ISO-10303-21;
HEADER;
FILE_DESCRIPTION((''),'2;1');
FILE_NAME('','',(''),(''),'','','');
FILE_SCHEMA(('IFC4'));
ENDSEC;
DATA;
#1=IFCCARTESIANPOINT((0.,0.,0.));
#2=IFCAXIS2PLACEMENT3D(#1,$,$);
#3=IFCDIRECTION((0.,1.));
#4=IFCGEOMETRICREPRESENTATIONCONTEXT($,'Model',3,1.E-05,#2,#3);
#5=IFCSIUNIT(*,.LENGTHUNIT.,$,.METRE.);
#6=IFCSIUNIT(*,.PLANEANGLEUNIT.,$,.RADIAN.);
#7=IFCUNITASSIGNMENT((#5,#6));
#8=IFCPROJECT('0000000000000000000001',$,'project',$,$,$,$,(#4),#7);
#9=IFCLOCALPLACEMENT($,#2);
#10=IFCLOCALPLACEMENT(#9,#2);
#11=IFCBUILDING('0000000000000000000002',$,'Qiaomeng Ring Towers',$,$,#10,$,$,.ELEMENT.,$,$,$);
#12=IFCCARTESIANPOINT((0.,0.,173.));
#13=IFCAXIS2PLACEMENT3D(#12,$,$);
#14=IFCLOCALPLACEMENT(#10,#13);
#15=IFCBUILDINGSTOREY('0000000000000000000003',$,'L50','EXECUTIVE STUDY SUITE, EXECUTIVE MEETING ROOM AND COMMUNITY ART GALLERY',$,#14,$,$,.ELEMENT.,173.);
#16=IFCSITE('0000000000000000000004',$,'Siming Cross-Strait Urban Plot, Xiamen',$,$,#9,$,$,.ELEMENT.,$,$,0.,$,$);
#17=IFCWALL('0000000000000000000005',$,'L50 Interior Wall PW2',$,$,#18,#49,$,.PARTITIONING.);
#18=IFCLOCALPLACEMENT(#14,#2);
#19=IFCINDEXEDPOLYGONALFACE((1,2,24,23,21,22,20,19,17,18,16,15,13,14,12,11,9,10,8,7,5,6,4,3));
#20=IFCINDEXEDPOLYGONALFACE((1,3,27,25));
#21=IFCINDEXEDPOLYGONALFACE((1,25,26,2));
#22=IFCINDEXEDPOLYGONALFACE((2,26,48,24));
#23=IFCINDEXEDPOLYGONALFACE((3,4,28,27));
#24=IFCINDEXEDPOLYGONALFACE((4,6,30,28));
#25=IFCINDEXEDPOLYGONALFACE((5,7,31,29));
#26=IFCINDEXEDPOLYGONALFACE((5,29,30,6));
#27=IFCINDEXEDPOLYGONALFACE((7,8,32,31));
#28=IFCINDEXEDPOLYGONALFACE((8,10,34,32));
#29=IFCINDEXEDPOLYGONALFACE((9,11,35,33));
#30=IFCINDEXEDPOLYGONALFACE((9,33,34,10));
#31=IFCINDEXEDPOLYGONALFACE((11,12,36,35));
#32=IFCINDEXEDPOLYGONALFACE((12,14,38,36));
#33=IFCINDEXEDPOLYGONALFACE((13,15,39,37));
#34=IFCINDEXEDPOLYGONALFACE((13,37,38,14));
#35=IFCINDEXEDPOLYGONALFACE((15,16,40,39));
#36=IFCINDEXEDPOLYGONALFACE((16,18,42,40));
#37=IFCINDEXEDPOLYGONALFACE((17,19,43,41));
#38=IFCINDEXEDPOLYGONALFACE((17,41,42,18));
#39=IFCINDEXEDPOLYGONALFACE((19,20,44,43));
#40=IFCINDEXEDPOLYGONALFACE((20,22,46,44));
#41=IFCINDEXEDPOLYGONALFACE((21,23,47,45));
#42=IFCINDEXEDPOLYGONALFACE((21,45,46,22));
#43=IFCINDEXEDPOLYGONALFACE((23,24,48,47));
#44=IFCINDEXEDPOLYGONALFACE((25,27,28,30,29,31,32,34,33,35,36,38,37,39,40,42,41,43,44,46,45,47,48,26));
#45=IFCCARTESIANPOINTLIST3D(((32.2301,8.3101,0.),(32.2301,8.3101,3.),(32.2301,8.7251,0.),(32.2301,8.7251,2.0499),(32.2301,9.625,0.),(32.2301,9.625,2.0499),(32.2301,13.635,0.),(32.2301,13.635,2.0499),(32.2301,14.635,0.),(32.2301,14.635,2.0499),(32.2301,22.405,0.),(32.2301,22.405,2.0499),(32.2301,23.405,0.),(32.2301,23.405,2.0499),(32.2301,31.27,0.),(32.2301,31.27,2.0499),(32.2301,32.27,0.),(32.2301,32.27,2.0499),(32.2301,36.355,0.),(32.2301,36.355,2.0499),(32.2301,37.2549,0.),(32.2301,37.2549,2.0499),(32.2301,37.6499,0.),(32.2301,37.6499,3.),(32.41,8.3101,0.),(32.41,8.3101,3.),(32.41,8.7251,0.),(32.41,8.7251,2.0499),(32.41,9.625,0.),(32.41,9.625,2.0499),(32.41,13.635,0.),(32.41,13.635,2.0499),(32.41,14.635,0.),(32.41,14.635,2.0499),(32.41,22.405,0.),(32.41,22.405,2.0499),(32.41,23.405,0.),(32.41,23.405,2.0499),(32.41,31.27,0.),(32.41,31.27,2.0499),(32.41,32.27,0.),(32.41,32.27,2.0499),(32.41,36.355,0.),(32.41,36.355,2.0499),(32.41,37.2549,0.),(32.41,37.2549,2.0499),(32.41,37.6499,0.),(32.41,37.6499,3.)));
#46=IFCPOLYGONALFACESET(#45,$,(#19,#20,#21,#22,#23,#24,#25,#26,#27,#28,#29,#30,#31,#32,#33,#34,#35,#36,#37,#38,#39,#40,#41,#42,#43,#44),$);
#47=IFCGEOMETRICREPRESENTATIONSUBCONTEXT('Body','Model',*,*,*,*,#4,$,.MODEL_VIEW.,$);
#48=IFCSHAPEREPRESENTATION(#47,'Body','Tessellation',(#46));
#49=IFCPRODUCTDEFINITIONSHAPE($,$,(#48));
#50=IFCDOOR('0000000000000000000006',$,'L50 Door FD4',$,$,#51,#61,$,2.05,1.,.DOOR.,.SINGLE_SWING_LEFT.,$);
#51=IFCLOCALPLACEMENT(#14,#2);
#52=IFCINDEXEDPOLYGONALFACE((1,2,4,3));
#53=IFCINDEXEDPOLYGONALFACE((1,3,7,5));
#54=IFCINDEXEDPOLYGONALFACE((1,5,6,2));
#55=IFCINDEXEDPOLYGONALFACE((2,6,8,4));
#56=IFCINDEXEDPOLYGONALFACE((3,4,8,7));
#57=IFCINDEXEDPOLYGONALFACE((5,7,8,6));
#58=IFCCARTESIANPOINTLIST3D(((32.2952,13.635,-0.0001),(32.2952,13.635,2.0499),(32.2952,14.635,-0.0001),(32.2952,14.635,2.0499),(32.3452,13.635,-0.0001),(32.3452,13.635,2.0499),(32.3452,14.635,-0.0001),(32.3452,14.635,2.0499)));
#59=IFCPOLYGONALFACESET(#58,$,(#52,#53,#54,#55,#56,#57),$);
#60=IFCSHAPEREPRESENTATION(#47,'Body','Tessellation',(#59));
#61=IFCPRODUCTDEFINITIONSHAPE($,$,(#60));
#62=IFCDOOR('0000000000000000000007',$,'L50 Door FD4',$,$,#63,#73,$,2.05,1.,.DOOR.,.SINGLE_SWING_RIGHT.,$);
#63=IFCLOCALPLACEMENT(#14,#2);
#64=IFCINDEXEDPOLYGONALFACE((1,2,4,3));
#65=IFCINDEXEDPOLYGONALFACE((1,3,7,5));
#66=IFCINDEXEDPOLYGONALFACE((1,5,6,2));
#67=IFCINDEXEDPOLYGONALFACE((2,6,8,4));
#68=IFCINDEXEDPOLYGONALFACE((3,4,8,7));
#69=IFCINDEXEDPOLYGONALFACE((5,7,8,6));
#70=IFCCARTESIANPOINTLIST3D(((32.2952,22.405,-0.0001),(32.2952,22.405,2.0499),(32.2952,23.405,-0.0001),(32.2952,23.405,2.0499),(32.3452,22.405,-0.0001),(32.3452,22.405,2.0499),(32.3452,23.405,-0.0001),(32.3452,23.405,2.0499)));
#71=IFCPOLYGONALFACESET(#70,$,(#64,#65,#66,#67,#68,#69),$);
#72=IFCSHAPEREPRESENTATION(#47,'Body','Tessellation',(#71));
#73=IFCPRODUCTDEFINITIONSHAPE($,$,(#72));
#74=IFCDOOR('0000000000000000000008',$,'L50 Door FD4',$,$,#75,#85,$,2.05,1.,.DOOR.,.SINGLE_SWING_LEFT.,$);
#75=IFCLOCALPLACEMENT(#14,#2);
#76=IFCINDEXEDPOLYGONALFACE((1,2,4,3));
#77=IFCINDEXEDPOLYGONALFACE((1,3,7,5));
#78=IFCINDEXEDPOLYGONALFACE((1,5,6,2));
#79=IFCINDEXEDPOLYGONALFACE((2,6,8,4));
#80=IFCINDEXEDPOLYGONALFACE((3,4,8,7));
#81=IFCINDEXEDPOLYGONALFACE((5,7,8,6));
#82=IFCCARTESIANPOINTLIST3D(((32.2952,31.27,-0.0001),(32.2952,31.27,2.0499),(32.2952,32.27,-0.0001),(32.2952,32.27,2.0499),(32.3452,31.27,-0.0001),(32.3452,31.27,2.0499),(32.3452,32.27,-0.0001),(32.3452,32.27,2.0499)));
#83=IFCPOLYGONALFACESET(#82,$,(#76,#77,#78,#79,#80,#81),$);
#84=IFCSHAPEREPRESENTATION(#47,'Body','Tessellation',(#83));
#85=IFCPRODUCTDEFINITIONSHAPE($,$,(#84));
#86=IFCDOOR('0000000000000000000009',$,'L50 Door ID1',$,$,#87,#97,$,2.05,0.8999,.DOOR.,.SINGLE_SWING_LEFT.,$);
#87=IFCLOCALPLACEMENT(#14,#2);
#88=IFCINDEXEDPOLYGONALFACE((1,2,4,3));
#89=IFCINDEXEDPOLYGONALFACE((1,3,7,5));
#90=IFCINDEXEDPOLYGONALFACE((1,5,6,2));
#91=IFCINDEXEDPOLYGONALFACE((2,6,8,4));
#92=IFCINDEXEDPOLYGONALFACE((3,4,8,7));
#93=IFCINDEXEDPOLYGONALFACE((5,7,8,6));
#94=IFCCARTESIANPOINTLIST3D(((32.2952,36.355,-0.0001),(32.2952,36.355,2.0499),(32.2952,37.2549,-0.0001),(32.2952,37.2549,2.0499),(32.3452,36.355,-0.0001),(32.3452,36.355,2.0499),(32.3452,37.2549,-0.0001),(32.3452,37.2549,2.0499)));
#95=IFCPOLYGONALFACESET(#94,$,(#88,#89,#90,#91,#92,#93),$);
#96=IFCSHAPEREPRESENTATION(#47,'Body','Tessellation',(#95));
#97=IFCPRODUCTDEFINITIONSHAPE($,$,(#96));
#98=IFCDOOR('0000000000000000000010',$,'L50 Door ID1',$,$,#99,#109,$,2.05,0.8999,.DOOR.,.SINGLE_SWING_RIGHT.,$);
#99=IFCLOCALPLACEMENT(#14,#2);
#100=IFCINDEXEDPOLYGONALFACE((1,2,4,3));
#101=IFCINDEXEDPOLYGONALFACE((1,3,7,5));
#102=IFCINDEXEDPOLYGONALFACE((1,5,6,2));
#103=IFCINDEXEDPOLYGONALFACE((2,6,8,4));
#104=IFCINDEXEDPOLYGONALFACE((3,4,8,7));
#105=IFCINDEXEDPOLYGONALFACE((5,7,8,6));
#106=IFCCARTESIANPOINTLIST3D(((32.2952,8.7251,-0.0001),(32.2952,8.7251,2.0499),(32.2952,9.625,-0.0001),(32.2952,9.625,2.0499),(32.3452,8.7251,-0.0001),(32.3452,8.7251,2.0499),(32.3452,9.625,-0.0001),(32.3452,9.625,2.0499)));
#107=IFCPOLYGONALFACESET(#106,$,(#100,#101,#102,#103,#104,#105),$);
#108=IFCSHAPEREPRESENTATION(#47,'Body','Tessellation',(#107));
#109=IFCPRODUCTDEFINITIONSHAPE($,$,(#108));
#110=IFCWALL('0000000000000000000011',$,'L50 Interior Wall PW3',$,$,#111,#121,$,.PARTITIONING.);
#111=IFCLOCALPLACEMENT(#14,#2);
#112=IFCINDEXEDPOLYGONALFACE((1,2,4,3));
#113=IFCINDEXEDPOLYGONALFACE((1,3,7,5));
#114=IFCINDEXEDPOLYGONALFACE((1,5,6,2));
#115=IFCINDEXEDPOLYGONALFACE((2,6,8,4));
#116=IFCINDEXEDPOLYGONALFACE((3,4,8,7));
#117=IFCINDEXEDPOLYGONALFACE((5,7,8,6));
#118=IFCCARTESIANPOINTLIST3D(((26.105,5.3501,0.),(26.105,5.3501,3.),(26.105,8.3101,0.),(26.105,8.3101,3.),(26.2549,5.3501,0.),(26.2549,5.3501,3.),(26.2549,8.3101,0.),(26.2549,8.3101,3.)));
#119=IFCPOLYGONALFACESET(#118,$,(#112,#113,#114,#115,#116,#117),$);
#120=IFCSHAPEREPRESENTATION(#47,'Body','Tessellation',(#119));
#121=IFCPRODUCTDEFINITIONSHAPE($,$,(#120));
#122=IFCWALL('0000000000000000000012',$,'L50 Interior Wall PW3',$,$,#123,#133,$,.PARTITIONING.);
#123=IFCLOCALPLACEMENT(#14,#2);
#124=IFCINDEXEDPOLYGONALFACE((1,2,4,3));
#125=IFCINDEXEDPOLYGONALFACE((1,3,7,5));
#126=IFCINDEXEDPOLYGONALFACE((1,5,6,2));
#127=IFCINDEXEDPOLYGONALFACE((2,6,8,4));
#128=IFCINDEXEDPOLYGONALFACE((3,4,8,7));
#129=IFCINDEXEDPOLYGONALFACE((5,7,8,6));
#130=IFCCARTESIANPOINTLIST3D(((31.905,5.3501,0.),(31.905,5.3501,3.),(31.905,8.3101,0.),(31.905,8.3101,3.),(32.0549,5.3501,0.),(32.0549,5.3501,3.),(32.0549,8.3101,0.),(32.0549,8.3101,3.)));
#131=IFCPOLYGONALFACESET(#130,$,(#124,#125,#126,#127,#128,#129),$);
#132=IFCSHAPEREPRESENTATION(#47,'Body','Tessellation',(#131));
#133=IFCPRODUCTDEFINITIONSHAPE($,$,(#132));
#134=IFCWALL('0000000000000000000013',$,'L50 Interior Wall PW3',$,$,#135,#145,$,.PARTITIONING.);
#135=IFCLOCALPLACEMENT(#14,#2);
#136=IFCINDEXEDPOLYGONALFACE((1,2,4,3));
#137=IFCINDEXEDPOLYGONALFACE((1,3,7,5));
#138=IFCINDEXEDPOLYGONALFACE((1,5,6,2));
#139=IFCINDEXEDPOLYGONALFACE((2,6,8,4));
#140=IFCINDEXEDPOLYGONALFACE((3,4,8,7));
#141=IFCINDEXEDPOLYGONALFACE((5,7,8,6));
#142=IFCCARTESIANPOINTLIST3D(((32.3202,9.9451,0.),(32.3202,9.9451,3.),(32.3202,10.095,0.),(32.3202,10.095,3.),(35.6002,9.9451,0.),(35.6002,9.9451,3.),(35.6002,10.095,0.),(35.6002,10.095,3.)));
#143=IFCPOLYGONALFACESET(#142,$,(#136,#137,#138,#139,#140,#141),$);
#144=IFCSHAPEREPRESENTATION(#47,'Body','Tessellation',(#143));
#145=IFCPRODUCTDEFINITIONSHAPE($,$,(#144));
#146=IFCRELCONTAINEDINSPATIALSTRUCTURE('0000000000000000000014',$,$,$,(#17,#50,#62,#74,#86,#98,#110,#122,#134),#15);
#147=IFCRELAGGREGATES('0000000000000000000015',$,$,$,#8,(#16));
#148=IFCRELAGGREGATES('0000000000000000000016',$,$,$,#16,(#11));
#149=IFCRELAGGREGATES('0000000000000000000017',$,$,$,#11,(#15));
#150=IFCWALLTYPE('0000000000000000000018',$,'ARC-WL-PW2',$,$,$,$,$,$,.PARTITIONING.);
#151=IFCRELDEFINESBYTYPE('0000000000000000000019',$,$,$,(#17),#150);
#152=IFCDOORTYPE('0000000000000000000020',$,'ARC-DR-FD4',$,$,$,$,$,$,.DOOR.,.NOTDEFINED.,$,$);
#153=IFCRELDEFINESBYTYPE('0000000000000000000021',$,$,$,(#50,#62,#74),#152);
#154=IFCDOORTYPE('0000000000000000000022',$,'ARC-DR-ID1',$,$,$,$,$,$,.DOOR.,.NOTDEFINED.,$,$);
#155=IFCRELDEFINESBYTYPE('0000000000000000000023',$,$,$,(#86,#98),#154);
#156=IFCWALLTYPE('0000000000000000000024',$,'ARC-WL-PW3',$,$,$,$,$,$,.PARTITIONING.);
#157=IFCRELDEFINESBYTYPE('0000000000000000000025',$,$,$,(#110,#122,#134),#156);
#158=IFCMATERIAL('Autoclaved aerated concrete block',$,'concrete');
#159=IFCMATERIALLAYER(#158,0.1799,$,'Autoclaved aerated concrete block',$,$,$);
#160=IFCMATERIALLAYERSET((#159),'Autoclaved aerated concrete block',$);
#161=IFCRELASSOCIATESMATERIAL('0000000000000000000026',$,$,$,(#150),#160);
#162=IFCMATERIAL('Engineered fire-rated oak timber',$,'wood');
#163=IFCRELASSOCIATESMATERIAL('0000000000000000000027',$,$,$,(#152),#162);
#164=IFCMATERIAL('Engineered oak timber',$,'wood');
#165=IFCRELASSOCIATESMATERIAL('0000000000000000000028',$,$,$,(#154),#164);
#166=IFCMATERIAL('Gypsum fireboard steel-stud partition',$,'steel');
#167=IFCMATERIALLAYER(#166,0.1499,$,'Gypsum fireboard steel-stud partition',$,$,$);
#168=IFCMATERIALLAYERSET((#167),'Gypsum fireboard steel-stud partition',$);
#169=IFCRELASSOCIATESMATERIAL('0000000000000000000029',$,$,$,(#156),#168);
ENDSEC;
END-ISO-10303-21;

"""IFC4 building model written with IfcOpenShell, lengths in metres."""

from ifc_helpers import new_model, si_unit, direction, frame, frame_2d, origin, place, context, subcontext, project, spatial, rectangle, extrude, source, transform, mapped, material, layer, layer_set, type_object, element, fill, save


model = new_model("IFC4")

# Units and contexts
model_context = context("Model", 3, precision=1e-05, world=origin(), true_north=direction((0.0, 1.0)))
body_context = subcontext(model_context, "Body", "Model", "MODEL_VIEW")
ifc_project = project(units=[si_unit("LENGTHUNIT", "METRE"), si_unit("PLANEANGLEUNIT", "RADIAN")], contexts=[model_context])

# Site, building, storey
site_placement = place(None, origin())
site = spatial("IfcSite", under=ifc_project, at=site_placement, Name="Siming Cross-Strait Urban Plot, Xiamen", CompositionType="ELEMENT", RefElevation=0.0)
building_placement = place(site_placement, origin())
building = spatial("IfcBuilding", under=site, at=building_placement, Name="Qiaomeng Ring Towers", CompositionType="ELEMENT")
storey_placement = place(building_placement, frame((0.0, 0.0, 173.0)))
storey = spatial("IfcBuildingStorey", under=building, at=storey_placement, Name="L50", Description="EXECUTIVE STUDY SUITE, EXECUTIVE MEETING ROOM AND COMMUNITY ART GALLERY", CompositionType="ELEMENT", Elevation=173.0)

# Shared definitions
ifc_material_1 = material(Name="Autoclaved aerated concrete block", Category="concrete")
ifc_layer_1 = layer(ifc_material_1, 0.1799, Name="Autoclaved aerated concrete block")
ifc_layer_set_1 = layer_set([ifc_layer_1], Name="Autoclaved aerated concrete block")
wall_type_1 = type_object("IfcWallType", Name="ARC-WL-PW2", PredefinedType="PARTITIONING", material=ifc_layer_set_1)

# Wall, openings, doors
wall_1_placement = place(storey_placement, frame((32.3201, 8.3101, 0.0), z_axis=(0.0, 0.0, 1.0), x_axis=(0.0, 1.0, 0.0)))
wall_1 = element("IfcWall", 1, at=wall_1_placement, inside=storey, type_object=wall_type_1, Name="L50 Interior Wall PW2", PredefinedType="PARTITIONING", context=body_context, shape_type="SweptSolid", body=[
    extrude(rectangle(XDim=29.3398, YDim=0.1799, at=frame_2d((14.6699, 0.0))), origin(), (0.0, 0.0, 1.0), 3.0),
])
opening_1_placement = place(wall_1_placement, frame((28.0449, 0.0, 0.0)))
opening_1 = element("IfcOpeningElement", 2, at=opening_1_placement, cuts=wall_1, PredefinedType="OPENING", context=body_context, shape_type="SweptSolid", body=[
    extrude(rectangle(XDim=0.8999, YDim=2.05, at=frame_2d((0.45, 1.0249))), frame((0.0, 0.0999, 0.0), z_axis=(0.0, -1.0, 0.0), x_axis=(1.0, 0.0, 0.0)), (0.0, 0.0, 1.0), 0.2),
])
opening_2_placement = place(wall_1_placement, frame((0.415, 0.0, 0.0)))
opening_2 = element("IfcOpeningElement", 3, at=opening_2_placement, cuts=wall_1, PredefinedType="OPENING", context=body_context, shape_type="SweptSolid", body=[
    extrude(rectangle(XDim=0.8999, YDim=2.05, at=frame_2d((0.45, 1.0249))), frame((0.0, 0.0999, 0.0), z_axis=(0.0, -1.0, 0.0), x_axis=(1.0, 0.0, 0.0)), (0.0, 0.0, 1.0), 0.2),
])
opening_3_placement = place(wall_1_placement, frame((5.325, 0.0, 0.0)))
opening_3 = element("IfcOpeningElement", 4, at=opening_3_placement, cuts=wall_1, PredefinedType="OPENING", context=body_context, shape_type="SweptSolid", body=[
    extrude(rectangle(XDim=1.0, YDim=2.05, at=frame_2d((0.5, 1.0249))), frame((0.0, 0.0999, 0.0), z_axis=(0.0, -1.0, 0.0), x_axis=(1.0, 0.0, 0.0)), (0.0, 0.0, 1.0), 0.2),
])
opening_4_placement = place(wall_1_placement, frame((14.095, 0.0, 0.0)))
opening_4 = element("IfcOpeningElement", 5, at=opening_4_placement, cuts=wall_1, PredefinedType="OPENING", context=body_context, shape_type="SweptSolid", body=[
    extrude(rectangle(XDim=1.0, YDim=2.05, at=frame_2d((0.5, 1.0249))), frame((0.0, 0.0999, 0.0), z_axis=(0.0, -1.0, 0.0), x_axis=(1.0, 0.0, 0.0)), (0.0, 0.0, 1.0), 0.2),
])
opening_5_placement = place(wall_1_placement, frame((22.96, 0.0, 0.0)))
opening_5 = element("IfcOpeningElement", 6, at=opening_5_placement, cuts=wall_1, PredefinedType="OPENING", context=body_context, shape_type="SweptSolid", body=[
    extrude(rectangle(XDim=1.0, YDim=2.05, at=frame_2d((0.5, 1.0249))), frame((0.0, 0.0999, 0.0), z_axis=(0.0, -1.0, 0.0), x_axis=(1.0, 0.0, 0.0)), (0.0, 0.0, 1.0), 0.2),
])
ifc_material_2 = material(Name="Engineered fire-rated oak timber", Category="wood")
door_type_1 = type_object("IfcDoorType", Name="ARC-DR-FD4", OperationType="NOTDEFINED", PredefinedType="DOOR", material=ifc_material_2)
shared_shape_1 = source(origin(), body_context, "Body", "SweptSolid", [
    extrude(rectangle(XDim=1.0, YDim=2.05, at=frame_2d((0.5, 1.0249))), frame((0.0, 0.0249, 0.0), z_axis=(0.0, -1.0, 0.0), x_axis=(1.0, 0.0, 0.0)), (0.0, 0.0, 1.0), 0.05),
])
door_1_placement = place(opening_3_placement, origin())
door_1 = element("IfcDoor", 7, at=door_1_placement, inside=storey, type_object=door_type_1, Name="L50 Door FD4", OperationType="SINGLE_SWING_LEFT", OverallHeight=2.05, OverallWidth=1.0, PredefinedType="DOOR", context=body_context, shape_type="MappedRepresentation", body=[
    mapped(shared_shape_1, transform((0.0, 0.0, 0.0), x_axis=(1.0, 0.0, 0.0), y_axis=(0.0, 1.0, 0.0), z_axis=(0.0, 0.0, 1.0), scale=1.0)),
])
fill(opening_3, door_1)
door_2_placement = place(opening_4_placement, origin())
door_2 = element("IfcDoor", 8, at=door_2_placement, inside=storey, type_object=door_type_1, Name="L50 Door FD4", OperationType="SINGLE_SWING_RIGHT", OverallHeight=2.05, OverallWidth=1.0, PredefinedType="DOOR", context=body_context, shape_type="MappedRepresentation", body=[
    mapped(shared_shape_1, transform((0.0, 0.0, 0.0), x_axis=(1.0, 0.0, 0.0), y_axis=(0.0, 1.0, 0.0), z_axis=(0.0, 0.0, 1.0), scale=1.0)),
])
fill(opening_4, door_2)
door_3_placement = place(opening_5_placement, origin())
door_3 = element("IfcDoor", 9, at=door_3_placement, inside=storey, type_object=door_type_1, Name="L50 Door FD4", OperationType="SINGLE_SWING_LEFT", OverallHeight=2.05, OverallWidth=1.0, PredefinedType="DOOR", context=body_context, shape_type="MappedRepresentation", body=[
    mapped(shared_shape_1, transform((0.0, 0.0, 0.0), x_axis=(1.0, 0.0, 0.0), y_axis=(0.0, 1.0, 0.0), z_axis=(0.0, 0.0, 1.0), scale=1.0)),
])
fill(opening_5, door_3)
ifc_material_3 = material(Name="Engineered oak timber", Category="wood")
door_type_2 = type_object("IfcDoorType", Name="ARC-DR-ID1", OperationType="NOTDEFINED", PredefinedType="DOOR", material=ifc_material_3)
shared_shape_2 = source(origin(), body_context, "Body", "SweptSolid", [
    extrude(rectangle(XDim=0.8999, YDim=2.05, at=frame_2d((0.45, 1.0249))), frame((0.0, 0.0249, 0.0), z_axis=(0.0, -1.0, 0.0), x_axis=(1.0, 0.0, 0.0)), (0.0, 0.0, 1.0), 0.05),
])
door_4_placement = place(opening_1_placement, origin())
door_4 = element("IfcDoor", 10, at=door_4_placement, inside=storey, type_object=door_type_2, Name="L50 Door ID1", OperationType="SINGLE_SWING_LEFT", OverallHeight=2.05, OverallWidth=0.8999, PredefinedType="DOOR", context=body_context, shape_type="MappedRepresentation", body=[
    mapped(shared_shape_2, transform((0.0, 0.0, 0.0), x_axis=(1.0, 0.0, 0.0), y_axis=(0.0, 1.0, 0.0), z_axis=(0.0, 0.0, 1.0), scale=1.0)),
])
fill(opening_1, door_4)
door_5_placement = place(opening_2_placement, origin())
door_5 = element("IfcDoor", 11, at=door_5_placement, inside=storey, type_object=door_type_2, Name="L50 Door ID1", OperationType="SINGLE_SWING_RIGHT", OverallHeight=2.05, OverallWidth=0.8999, PredefinedType="DOOR", context=body_context, shape_type="MappedRepresentation", body=[
    mapped(shared_shape_2, transform((0.0, 0.0, 0.0), x_axis=(1.0, 0.0, 0.0), y_axis=(0.0, 1.0, 0.0), z_axis=(0.0, 0.0, 1.0), scale=1.0)),
])
fill(opening_2, door_5)

# Walls
ifc_material_4 = material(Name="Gypsum fireboard steel-stud partition", Category="steel")
ifc_layer_2 = layer(ifc_material_4, 0.1499, Name="Gypsum fireboard steel-stud partition")
ifc_layer_set_2 = layer_set([ifc_layer_2], Name="Gypsum fireboard steel-stud partition")
wall_type_2 = type_object("IfcWallType", Name="ARC-WL-PW3", PredefinedType="PARTITIONING", material=ifc_layer_set_2)
for number, where, z_axis, x_axis, name in (
    (12, (26.1799, 5.3501, 0.0), (0.0, 0.0, 1.0), (0.0, 1.0, 0.0), "L50 Interior Wall PW3"),
    (13, (31.98, 5.3501, 0.0), (0.0, 0.0, 1.0), (0.0, 1.0, 0.0), "L50 Interior Wall PW3"),
):
    element("IfcWall", number, at=place(storey_placement, frame(where, z_axis=z_axis, x_axis=x_axis)), inside=storey, type_object=wall_type_2, Name=name, PredefinedType="PARTITIONING", context=body_context, shape_type="SweptSolid", body=[
        extrude(rectangle(XDim=2.96, YDim=0.1499, at=frame_2d((1.48, 0.0))), origin(), (0.0, 0.0, 1.0), 3.0),
    ])
wall_2_placement = place(storey_placement, frame((32.3201, 10.02, 0.0), z_axis=(0.0, 0.0, 1.0), x_axis=(1.0, 0.0, 0.0)))
element("IfcWall", 14, at=wall_2_placement, inside=storey, type_object=wall_type_2, Name="L50 Interior Wall PW3", PredefinedType="PARTITIONING", context=body_context, shape_type="SweptSolid", body=[
    extrude(rectangle(XDim=3.28, YDim=0.1499, at=frame_2d((1.6401, 0.0))), origin(), (0.0, 0.0, 1.0), 3.0),
])

save(model, "model.ifc")
